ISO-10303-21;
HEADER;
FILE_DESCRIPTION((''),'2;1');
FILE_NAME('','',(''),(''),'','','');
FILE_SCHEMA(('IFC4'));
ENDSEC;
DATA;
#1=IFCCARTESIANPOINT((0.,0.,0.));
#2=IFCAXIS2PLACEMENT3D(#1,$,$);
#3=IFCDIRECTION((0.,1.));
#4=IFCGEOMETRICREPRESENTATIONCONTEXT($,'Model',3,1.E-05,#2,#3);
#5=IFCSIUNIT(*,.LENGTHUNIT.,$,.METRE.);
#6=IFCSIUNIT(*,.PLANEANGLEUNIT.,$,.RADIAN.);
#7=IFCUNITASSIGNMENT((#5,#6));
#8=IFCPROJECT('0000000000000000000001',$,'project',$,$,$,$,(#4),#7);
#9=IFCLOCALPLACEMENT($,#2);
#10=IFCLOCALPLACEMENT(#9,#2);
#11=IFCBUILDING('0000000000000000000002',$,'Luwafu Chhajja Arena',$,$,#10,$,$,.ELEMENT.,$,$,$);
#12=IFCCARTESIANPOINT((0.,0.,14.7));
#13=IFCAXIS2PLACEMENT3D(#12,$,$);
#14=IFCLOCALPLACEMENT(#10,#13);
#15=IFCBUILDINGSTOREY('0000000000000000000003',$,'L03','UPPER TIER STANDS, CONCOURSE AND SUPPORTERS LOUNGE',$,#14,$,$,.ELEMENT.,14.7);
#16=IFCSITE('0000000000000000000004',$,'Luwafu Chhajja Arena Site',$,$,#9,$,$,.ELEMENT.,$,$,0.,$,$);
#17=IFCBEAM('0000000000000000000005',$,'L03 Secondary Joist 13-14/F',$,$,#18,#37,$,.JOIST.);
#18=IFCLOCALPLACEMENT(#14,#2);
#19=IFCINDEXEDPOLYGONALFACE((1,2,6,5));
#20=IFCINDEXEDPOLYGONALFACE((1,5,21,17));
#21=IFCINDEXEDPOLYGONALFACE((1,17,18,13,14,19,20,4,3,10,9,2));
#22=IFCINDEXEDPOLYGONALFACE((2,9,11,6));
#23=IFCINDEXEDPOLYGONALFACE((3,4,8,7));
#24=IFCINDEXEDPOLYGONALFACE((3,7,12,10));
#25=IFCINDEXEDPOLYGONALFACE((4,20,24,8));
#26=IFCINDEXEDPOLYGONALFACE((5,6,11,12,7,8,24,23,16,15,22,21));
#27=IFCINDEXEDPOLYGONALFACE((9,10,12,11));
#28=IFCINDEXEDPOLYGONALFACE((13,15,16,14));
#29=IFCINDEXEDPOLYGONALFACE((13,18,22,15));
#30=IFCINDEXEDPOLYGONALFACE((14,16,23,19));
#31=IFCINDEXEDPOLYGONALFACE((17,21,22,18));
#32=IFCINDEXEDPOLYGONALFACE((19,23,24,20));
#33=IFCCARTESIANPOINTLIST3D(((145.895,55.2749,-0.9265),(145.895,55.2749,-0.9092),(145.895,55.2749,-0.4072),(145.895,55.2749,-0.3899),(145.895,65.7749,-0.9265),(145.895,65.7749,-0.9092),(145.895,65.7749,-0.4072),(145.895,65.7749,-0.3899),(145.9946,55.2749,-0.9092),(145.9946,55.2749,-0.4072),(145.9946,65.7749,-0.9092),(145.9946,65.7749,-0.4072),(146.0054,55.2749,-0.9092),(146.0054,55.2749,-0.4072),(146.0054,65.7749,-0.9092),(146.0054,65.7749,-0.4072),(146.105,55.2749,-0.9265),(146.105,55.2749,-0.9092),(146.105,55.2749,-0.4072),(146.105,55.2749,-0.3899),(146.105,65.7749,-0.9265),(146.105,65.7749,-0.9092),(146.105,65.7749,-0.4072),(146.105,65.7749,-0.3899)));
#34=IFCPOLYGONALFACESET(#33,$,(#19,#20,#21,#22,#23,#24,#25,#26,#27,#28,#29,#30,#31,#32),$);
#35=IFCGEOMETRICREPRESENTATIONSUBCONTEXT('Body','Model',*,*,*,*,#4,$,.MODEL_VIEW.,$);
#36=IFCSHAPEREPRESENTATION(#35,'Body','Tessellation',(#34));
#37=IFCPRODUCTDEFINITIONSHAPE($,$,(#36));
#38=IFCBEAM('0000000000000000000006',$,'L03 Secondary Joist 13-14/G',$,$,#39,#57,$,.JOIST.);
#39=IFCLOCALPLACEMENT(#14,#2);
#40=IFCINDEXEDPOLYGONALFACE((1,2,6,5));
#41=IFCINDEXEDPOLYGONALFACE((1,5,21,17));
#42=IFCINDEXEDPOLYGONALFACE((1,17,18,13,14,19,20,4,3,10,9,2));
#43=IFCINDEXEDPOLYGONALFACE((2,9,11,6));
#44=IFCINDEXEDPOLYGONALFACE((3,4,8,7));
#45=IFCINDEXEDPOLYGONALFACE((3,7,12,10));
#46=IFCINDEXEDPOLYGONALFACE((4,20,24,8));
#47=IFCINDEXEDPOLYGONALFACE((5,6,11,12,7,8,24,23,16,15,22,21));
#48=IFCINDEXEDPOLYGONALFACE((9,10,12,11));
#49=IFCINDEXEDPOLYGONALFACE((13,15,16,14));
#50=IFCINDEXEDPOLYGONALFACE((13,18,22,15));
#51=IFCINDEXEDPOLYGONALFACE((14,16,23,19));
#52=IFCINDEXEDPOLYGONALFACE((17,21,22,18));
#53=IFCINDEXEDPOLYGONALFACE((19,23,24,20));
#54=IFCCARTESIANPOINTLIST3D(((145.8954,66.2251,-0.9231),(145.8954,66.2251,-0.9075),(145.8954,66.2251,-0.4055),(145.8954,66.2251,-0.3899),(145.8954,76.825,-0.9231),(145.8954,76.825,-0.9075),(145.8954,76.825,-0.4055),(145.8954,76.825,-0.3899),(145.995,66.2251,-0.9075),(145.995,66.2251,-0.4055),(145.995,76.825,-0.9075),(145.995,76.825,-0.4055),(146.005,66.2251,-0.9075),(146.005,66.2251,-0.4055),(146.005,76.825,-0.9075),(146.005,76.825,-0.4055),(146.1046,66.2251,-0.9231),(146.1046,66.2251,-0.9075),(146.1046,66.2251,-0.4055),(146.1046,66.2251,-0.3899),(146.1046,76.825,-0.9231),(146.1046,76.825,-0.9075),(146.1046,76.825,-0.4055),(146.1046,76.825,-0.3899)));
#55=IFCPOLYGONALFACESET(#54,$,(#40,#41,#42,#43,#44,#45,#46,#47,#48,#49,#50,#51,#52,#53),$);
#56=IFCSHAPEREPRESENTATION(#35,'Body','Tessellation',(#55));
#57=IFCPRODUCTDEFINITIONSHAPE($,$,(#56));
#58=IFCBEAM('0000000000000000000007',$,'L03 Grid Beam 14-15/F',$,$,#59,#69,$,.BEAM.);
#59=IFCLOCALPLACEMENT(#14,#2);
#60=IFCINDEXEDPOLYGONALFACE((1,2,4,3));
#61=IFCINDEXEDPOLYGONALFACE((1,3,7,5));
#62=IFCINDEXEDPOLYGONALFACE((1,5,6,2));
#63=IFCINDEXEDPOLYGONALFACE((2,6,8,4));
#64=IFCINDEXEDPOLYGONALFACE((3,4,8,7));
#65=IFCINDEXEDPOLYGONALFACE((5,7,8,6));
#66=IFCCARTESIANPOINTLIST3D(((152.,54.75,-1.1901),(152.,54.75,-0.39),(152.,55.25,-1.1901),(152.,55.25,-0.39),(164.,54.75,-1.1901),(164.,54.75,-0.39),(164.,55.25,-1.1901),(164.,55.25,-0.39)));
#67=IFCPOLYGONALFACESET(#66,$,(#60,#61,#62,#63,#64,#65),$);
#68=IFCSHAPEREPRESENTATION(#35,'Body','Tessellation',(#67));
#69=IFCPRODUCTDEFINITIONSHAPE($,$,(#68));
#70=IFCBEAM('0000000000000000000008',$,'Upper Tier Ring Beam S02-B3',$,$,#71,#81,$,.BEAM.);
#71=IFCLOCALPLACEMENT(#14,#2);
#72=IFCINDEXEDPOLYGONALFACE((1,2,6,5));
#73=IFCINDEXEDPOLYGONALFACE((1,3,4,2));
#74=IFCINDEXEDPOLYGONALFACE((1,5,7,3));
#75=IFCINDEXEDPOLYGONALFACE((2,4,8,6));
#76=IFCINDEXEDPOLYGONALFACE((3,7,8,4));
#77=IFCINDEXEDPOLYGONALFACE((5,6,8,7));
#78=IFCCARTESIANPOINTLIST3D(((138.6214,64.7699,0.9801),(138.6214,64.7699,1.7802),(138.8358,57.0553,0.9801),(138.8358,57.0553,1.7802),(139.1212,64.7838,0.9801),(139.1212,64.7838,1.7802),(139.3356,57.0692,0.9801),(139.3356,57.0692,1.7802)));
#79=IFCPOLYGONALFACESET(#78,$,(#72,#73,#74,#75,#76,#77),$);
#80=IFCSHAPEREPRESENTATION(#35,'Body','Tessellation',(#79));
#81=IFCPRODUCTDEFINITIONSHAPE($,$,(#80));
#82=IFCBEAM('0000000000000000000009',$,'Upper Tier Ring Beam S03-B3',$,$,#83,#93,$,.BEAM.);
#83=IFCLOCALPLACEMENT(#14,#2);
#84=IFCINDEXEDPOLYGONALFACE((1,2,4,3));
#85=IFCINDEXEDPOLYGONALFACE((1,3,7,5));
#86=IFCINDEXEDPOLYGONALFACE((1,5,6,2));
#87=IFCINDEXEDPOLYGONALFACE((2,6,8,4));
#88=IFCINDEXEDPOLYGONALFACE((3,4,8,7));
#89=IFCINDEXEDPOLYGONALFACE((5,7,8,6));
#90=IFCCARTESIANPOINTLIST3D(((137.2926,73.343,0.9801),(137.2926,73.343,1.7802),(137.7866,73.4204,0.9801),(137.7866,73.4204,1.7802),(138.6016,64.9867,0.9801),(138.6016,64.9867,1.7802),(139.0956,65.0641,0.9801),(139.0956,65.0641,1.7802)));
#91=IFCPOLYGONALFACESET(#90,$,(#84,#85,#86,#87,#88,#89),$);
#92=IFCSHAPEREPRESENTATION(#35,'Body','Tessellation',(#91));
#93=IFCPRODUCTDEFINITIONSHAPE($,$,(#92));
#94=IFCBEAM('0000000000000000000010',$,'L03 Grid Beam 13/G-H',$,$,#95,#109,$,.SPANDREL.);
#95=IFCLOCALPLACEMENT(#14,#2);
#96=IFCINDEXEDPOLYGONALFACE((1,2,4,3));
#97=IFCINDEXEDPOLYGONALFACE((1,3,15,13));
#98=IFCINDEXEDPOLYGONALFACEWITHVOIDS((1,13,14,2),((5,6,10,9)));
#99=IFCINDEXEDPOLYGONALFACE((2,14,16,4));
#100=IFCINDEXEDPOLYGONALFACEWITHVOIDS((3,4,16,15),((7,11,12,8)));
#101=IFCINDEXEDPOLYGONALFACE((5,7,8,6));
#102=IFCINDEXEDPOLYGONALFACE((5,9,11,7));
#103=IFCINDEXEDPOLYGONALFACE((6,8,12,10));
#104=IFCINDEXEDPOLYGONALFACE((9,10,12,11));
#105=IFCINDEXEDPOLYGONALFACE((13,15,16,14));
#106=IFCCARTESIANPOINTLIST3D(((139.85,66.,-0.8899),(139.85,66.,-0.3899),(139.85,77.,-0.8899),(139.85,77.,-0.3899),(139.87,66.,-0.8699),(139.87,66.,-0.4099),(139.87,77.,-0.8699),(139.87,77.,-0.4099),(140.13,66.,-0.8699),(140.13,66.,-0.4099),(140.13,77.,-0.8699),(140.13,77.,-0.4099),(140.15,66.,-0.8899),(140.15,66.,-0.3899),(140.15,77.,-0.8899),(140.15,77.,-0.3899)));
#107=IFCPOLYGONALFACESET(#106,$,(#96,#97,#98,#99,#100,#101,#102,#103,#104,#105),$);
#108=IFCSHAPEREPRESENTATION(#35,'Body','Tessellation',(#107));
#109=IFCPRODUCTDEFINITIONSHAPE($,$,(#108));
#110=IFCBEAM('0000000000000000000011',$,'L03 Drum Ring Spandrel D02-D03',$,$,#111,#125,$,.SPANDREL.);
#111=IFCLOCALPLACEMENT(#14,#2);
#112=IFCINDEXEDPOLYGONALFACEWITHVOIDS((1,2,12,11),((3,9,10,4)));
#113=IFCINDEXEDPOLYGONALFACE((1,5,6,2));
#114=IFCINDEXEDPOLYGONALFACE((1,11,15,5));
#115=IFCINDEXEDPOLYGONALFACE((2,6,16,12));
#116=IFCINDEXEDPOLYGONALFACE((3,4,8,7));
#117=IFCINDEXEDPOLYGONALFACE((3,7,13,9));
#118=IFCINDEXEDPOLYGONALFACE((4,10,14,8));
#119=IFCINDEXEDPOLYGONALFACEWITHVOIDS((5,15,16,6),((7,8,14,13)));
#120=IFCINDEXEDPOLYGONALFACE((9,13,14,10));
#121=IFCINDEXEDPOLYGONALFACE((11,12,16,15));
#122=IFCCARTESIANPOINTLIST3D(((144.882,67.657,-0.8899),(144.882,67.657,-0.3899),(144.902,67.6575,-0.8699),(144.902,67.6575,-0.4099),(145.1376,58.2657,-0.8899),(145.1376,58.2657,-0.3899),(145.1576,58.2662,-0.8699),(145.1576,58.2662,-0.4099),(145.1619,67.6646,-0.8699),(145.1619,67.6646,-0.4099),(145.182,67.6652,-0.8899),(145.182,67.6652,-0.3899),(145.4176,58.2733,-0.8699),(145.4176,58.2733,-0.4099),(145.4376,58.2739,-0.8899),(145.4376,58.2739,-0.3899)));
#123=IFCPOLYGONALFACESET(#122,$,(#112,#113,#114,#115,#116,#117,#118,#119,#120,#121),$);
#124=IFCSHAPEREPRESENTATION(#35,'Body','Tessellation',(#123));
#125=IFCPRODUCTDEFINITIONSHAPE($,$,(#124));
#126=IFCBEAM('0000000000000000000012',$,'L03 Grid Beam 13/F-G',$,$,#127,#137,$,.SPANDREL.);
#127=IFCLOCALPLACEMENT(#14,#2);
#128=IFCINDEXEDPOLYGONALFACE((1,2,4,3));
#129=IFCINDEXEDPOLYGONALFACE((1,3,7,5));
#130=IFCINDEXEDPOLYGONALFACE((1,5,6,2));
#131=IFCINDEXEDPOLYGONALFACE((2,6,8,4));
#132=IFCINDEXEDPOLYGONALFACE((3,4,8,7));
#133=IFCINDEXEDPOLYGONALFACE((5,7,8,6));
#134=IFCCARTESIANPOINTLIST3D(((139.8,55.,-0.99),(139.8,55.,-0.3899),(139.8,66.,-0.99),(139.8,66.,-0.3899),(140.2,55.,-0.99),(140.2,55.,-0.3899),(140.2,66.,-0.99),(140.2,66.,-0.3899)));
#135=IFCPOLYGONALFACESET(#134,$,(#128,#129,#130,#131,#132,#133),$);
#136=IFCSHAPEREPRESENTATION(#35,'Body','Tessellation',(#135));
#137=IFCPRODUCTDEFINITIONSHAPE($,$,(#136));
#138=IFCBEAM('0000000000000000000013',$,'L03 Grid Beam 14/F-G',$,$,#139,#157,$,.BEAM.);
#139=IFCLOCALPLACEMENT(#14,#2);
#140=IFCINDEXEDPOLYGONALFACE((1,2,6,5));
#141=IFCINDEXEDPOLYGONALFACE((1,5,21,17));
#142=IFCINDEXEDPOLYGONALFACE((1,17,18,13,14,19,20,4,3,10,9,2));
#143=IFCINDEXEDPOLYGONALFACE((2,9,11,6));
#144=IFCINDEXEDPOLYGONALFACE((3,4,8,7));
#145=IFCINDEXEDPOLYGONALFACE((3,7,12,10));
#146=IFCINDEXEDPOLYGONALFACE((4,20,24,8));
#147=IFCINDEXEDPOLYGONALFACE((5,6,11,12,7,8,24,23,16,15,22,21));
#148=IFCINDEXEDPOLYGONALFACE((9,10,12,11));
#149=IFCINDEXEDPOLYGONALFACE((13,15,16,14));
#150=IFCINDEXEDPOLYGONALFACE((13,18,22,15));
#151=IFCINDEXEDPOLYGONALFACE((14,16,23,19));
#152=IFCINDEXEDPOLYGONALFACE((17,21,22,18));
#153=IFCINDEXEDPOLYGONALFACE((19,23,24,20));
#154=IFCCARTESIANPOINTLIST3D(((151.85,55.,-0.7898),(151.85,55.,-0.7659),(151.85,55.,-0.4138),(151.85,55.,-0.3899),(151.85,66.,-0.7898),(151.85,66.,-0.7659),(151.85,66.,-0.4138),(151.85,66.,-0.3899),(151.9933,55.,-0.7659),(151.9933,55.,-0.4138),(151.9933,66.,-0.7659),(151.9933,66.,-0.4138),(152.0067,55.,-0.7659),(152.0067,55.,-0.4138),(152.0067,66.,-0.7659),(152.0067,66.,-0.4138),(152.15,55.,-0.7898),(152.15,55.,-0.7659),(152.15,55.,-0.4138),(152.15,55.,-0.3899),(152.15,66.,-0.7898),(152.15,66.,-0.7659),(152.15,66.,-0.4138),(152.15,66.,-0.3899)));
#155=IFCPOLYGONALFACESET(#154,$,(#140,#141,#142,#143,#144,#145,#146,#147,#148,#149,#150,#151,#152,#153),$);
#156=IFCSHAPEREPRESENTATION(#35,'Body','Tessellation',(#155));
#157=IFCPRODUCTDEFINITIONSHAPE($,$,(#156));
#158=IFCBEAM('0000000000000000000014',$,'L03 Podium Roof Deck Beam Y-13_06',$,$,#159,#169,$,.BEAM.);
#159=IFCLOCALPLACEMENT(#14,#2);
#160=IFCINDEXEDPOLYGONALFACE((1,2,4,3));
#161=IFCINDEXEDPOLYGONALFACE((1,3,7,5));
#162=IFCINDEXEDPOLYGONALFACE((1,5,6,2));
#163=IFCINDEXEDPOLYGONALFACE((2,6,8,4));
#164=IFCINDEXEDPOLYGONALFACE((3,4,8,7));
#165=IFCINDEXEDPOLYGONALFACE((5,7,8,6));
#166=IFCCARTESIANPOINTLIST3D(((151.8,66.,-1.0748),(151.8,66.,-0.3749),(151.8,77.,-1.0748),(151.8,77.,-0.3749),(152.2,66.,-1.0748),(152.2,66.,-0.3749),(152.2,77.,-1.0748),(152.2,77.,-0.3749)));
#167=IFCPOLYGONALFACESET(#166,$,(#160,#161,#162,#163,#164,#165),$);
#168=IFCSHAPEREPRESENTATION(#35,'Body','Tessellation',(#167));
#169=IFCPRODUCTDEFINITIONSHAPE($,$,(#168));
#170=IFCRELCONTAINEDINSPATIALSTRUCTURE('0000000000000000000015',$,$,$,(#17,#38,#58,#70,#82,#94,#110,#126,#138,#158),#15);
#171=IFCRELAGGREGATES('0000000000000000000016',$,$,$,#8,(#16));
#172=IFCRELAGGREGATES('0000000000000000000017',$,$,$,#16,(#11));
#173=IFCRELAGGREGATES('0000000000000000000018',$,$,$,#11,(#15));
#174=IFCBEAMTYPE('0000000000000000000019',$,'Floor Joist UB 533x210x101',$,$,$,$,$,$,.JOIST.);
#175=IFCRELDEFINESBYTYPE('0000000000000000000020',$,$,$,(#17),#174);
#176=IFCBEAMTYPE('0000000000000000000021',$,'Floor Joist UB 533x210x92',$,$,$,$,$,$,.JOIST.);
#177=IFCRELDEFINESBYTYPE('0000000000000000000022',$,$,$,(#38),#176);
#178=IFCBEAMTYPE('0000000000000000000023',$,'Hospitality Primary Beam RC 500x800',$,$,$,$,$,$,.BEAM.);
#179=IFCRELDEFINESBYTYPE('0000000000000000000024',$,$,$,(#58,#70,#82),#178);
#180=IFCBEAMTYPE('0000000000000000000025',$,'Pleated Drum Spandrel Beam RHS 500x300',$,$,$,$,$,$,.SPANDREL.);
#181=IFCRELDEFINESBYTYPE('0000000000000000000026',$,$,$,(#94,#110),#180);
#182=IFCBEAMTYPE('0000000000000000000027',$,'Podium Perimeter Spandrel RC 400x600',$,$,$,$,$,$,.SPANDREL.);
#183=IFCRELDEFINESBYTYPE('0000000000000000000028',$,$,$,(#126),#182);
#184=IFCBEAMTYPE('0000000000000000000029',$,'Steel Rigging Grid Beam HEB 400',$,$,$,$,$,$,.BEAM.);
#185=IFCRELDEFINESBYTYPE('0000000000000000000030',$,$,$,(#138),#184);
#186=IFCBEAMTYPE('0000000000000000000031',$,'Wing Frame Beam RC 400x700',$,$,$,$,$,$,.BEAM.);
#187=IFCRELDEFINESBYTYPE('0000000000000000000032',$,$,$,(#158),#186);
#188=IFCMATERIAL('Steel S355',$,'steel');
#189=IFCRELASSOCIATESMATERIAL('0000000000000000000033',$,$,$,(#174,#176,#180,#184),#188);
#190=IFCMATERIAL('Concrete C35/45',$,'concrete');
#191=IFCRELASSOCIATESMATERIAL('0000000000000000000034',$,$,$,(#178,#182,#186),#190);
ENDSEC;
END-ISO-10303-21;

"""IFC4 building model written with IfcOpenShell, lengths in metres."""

from ifc_helpers import new_model, si_unit, direction, frame, origin, origin_2d, place, context, subcontext, project, spatial, rectangle, hollow_rectangle, i_section, extrude, material, material_profile, profile_set, type_object, element, save


model = new_model("IFC4")

# Units and contexts
model_context = context("Model", 3, precision=1e-05, world=origin(), true_north=direction((0.0, 1.0)))
body_context = subcontext(model_context, "Body", "Model", "MODEL_VIEW")
ifc_project = project(units=[si_unit("LENGTHUNIT", "METRE"), si_unit("PLANEANGLEUNIT", "RADIAN")], contexts=[model_context])

# Site, building, storey
site_placement = place(None, origin())
site = spatial("IfcSite", under=ifc_project, at=site_placement, Name="Luwafu Chhajja Arena Site", CompositionType="ELEMENT", RefElevation=0.0)
building_placement = place(site_placement, origin())
building = spatial("IfcBuilding", under=site, at=building_placement, Name="Luwafu Chhajja Arena", CompositionType="ELEMENT")
storey_placement = place(building_placement, frame((0.0, 0.0, 14.7)))
storey = spatial("IfcBuildingStorey", under=building, at=storey_placement, Name="L03", Description="UPPER TIER STANDS, CONCOURSE AND SUPPORTERS LOUNGE", CompositionType="ELEMENT", Elevation=14.7)

# Shared definitions
ifc_material_1 = material(Name="Concrete C35/45", Category="concrete")
ifc_material_2 = material(Name="Steel S355", Category="steel")

# Beams
ifc_material_profile_1 = material_profile(ifc_material_2, i_section(OverallWidth=0.21, OverallDepth=0.5366, WebThickness=0.0107, FlangeThickness=0.0173, at=origin_2d()), Name="UB 533x210x101")
ifc_profile_set_1 = profile_set([ifc_material_profile_1], Name="Steel S355")
beam_type_1 = type_object("IfcBeamType", Name="Floor Joist UB 533x210x101", PredefinedType="JOIST", material=ifc_profile_set_1)
beam_1_placement = place(storey_placement, frame((146.0, 55.2749, -0.6582), z_axis=(0.0, 1.0, 0.0), x_axis=(-1.0, 0.0, 0.0)))
element("IfcBeam", 1, at=beam_1_placement, inside=storey, type_object=beam_type_1, Name="L03 Secondary Joist 13-14/F", PredefinedType="JOIST", context=body_context, shape_type="SweptSolid", body=[
    extrude(i_section(OverallWidth=0.21, OverallDepth=0.5366, WebThickness=0.0107, FlangeThickness=0.0173, at=origin_2d()), origin(), (0.0, 0.0, 1.0), 10.5),
])
ifc_material_profile_2 = material_profile(ifc_material_2, i_section(OverallWidth=0.2092, OverallDepth=0.5332, WebThickness=0.01, FlangeThickness=0.0156, at=origin_2d()), Name="UB 533x210x92")
ifc_profile_set_2 = profile_set([ifc_material_profile_2], Name="Steel S355")
beam_type_2 = type_object("IfcBeamType", Name="Floor Joist UB 533x210x92", PredefinedType="JOIST", material=ifc_profile_set_2)
beam_2_placement = place(storey_placement, frame((146.0, 66.2251, -0.6565), z_axis=(0.0, 1.0, 0.0), x_axis=(-1.0, 0.0, 0.0)))
element("IfcBeam", 2, at=beam_2_placement, inside=storey, type_object=beam_type_2, Name="L03 Secondary Joist 13-14/G", PredefinedType="JOIST", context=body_context, shape_type="SweptSolid", body=[
    extrude(i_section(OverallWidth=0.2092, OverallDepth=0.5332, WebThickness=0.01, FlangeThickness=0.0156, at=origin_2d()), origin(), (0.0, 0.0, 1.0), 10.5999),
])
ifc_material_profile_3 = material_profile(ifc_material_1, rectangle(XDim=0.5, YDim=0.8, at=origin_2d()), Name="RC 500x800")
ifc_profile_set_3 = profile_set([ifc_material_profile_3], Name="Concrete C35/45")
beam_type_3 = type_object("IfcBeamType", Name="Hospitality Primary Beam RC 500x800", PredefinedType="BEAM", material=ifc_profile_set_3)
beam_3_placement = place(storey_placement, frame((152.0, 55.0, -0.79), z_axis=(1.0, 0.0, 0.0), x_axis=(0.0, 1.0, 0.0)))
element("IfcBeam", 3, at=beam_3_placement, inside=storey, type_object=beam_type_3, Name="L03 Grid Beam 14-15/F", PredefinedType="BEAM", context=body_context, shape_type="SweptSolid", body=[
    extrude(rectangle(XDim=0.5, YDim=0.8, at=origin_2d()), origin(), (0.0, 0.0, 1.0), 12.0),
])
beam_4_placement = place(storey_placement, frame((139.0857, 57.0623, 1.3801), z_axis=(-0.027775, 0.999614, 0.0), x_axis=(-0.999614, -0.027775, 0.0)))
element("IfcBeam", 4, at=beam_4_placement, inside=storey, type_object=beam_type_3, Name="Upper Tier Ring Beam S02-B3", PredefinedType="BEAM", context=body_context, shape_type="SweptSolid", body=[
    extrude(rectangle(XDim=0.5, YDim=0.8, at=origin_2d()), origin(), (0.0, 0.0, 1.0), 7.7175),
])
beam_5_placement = place(storey_placement, frame((138.8486, 65.0254, 1.3801), z_axis=(-0.154768, 0.987951, 0.0), x_axis=(-0.987951, -0.154768, 0.0)))
element("IfcBeam", 5, at=beam_5_placement, inside=storey, type_object=beam_type_3, Name="Upper Tier Ring Beam S03-B3", PredefinedType="BEAM", context=body_context, shape_type="SweptSolid", body=[
    extrude(rectangle(XDim=0.5, YDim=0.8, at=origin_2d()), origin(), (0.0, 0.0, 1.0), 8.4583),
])
ifc_material_profile_4 = material_profile(ifc_material_2, hollow_rectangle(XDim=0.3, YDim=0.5, WallThickness=0.02, at=origin_2d()), Name="RHS 500x300x20")
ifc_profile_set_4 = profile_set([ifc_material_profile_4], Name="Steel S355")
beam_type_4 = type_object("IfcBeamType", Name="Pleated Drum Spandrel Beam RHS 500x300", PredefinedType="SPANDREL", material=ifc_profile_set_4)
beam_6_placement = place(storey_placement, frame((140.0, 66.0, -0.6399), z_axis=(0.0, 1.0, 0.0), x_axis=(-1.0, 0.0, 0.0)))
element("IfcBeam", 6, at=beam_6_placement, inside=storey, type_object=beam_type_4, Name="L03 Grid Beam 13/G-H", PredefinedType="SPANDREL", context=body_context, shape_type="SweptSolid", body=[
    extrude(hollow_rectangle(XDim=0.3, YDim=0.5, WallThickness=0.02, at=origin_2d()), origin(), (0.0, 0.0, 1.0), 11.0),
])
beam_7_placement = place(storey_placement, frame((145.2876, 58.2698, -0.6399), z_axis=(-0.027208, 0.99963, 0.0), x_axis=(-0.99963, -0.027208, 0.0)))
element("IfcBeam", 7, at=beam_7_placement, inside=storey, type_object=beam_type_4, Name="L03 Drum Ring Spandrel D02-D03", PredefinedType="SPANDREL", context=body_context, shape_type="SweptSolid", body=[
    extrude(hollow_rectangle(XDim=0.3, YDim=0.5, WallThickness=0.02, at=origin_2d()), origin(), (0.0, 0.0, 1.0), 9.3948),
])
ifc_material_profile_5 = material_profile(ifc_material_1, rectangle(XDim=0.3999, YDim=0.6001, at=origin_2d()), Name="RC 400x600")
ifc_profile_set_5 = profile_set([ifc_material_profile_5], Name="Concrete C35/45")
beam_type_5 = type_object("IfcBeamType", Name="Podium Perimeter Spandrel RC 400x600", PredefinedType="SPANDREL", material=ifc_profile_set_5)
beam_8_placement = place(storey_placement, frame((140.0, 55.0, -0.6899), z_axis=(0.0, 1.0, 0.0), x_axis=(-1.0, 0.0, 0.0)))
element("IfcBeam", 8, at=beam_8_placement, inside=storey, type_object=beam_type_5, Name="L03 Grid Beam 13/F-G", PredefinedType="SPANDREL", context=body_context, shape_type="SweptSolid", body=[
    extrude(rectangle(XDim=0.3999, YDim=0.6001, at=origin_2d()), origin(), (0.0, 0.0, 1.0), 11.0),
])
ifc_material_profile_6 = material_profile(ifc_material_2, i_section(OverallWidth=0.3, OverallDepth=0.3999, WebThickness=0.0134, FlangeThickness=0.0239, at=origin_2d()), Name="HEB 400")
ifc_profile_set_6 = profile_set([ifc_material_profile_6], Name="Steel S355")
beam_type_6 = type_object("IfcBeamType", Name="Steel Rigging Grid Beam HEB 400", PredefinedType="BEAM", material=ifc_profile_set_6)
beam_9_placement = place(storey_placement, frame((152.0, 55.0, -0.5898), z_axis=(0.0, 1.0, 0.0), x_axis=(-1.0, 0.0, 0.0)))
element("IfcBeam", 9, at=beam_9_placement, inside=storey, type_object=beam_type_6, Name="L03 Grid Beam 14/F-G", PredefinedType="BEAM", context=body_context, shape_type="SweptSolid", body=[
    extrude(i_section(OverallWidth=0.3, OverallDepth=0.3999, WebThickness=0.0134, FlangeThickness=0.0239, at=origin_2d()), origin(), (0.0, 0.0, 1.0), 11.0),
])
ifc_material_profile_7 = material_profile(ifc_material_1, rectangle(XDim=0.3999, YDim=0.7, at=origin_2d()), Name="RC 400x700")
ifc_profile_set_7 = profile_set([ifc_material_profile_7], Name="Concrete C35/45")
beam_type_7 = type_object("IfcBeamType", Name="Wing Frame Beam RC 400x700", PredefinedType="BEAM", material=ifc_profile_set_7)
beam_10_placement = place(storey_placement, frame((152.0, 66.0, -0.7249), z_axis=(0.0, 1.0, 0.0), x_axis=(-1.0, 0.0, 0.0)))
element("IfcBeam", 10, at=beam_10_placement, inside=storey, type_object=beam_type_7, Name="L03 Podium Roof Deck Beam Y-13_06", PredefinedType="BEAM", context=body_context, shape_type="SweptSolid", body=[
    extrude(rectangle(XDim=0.3999, YDim=0.7, at=origin_2d()), origin(), (0.0, 0.0, 1.0), 11.0),
])

save(model, "model.ifc")
